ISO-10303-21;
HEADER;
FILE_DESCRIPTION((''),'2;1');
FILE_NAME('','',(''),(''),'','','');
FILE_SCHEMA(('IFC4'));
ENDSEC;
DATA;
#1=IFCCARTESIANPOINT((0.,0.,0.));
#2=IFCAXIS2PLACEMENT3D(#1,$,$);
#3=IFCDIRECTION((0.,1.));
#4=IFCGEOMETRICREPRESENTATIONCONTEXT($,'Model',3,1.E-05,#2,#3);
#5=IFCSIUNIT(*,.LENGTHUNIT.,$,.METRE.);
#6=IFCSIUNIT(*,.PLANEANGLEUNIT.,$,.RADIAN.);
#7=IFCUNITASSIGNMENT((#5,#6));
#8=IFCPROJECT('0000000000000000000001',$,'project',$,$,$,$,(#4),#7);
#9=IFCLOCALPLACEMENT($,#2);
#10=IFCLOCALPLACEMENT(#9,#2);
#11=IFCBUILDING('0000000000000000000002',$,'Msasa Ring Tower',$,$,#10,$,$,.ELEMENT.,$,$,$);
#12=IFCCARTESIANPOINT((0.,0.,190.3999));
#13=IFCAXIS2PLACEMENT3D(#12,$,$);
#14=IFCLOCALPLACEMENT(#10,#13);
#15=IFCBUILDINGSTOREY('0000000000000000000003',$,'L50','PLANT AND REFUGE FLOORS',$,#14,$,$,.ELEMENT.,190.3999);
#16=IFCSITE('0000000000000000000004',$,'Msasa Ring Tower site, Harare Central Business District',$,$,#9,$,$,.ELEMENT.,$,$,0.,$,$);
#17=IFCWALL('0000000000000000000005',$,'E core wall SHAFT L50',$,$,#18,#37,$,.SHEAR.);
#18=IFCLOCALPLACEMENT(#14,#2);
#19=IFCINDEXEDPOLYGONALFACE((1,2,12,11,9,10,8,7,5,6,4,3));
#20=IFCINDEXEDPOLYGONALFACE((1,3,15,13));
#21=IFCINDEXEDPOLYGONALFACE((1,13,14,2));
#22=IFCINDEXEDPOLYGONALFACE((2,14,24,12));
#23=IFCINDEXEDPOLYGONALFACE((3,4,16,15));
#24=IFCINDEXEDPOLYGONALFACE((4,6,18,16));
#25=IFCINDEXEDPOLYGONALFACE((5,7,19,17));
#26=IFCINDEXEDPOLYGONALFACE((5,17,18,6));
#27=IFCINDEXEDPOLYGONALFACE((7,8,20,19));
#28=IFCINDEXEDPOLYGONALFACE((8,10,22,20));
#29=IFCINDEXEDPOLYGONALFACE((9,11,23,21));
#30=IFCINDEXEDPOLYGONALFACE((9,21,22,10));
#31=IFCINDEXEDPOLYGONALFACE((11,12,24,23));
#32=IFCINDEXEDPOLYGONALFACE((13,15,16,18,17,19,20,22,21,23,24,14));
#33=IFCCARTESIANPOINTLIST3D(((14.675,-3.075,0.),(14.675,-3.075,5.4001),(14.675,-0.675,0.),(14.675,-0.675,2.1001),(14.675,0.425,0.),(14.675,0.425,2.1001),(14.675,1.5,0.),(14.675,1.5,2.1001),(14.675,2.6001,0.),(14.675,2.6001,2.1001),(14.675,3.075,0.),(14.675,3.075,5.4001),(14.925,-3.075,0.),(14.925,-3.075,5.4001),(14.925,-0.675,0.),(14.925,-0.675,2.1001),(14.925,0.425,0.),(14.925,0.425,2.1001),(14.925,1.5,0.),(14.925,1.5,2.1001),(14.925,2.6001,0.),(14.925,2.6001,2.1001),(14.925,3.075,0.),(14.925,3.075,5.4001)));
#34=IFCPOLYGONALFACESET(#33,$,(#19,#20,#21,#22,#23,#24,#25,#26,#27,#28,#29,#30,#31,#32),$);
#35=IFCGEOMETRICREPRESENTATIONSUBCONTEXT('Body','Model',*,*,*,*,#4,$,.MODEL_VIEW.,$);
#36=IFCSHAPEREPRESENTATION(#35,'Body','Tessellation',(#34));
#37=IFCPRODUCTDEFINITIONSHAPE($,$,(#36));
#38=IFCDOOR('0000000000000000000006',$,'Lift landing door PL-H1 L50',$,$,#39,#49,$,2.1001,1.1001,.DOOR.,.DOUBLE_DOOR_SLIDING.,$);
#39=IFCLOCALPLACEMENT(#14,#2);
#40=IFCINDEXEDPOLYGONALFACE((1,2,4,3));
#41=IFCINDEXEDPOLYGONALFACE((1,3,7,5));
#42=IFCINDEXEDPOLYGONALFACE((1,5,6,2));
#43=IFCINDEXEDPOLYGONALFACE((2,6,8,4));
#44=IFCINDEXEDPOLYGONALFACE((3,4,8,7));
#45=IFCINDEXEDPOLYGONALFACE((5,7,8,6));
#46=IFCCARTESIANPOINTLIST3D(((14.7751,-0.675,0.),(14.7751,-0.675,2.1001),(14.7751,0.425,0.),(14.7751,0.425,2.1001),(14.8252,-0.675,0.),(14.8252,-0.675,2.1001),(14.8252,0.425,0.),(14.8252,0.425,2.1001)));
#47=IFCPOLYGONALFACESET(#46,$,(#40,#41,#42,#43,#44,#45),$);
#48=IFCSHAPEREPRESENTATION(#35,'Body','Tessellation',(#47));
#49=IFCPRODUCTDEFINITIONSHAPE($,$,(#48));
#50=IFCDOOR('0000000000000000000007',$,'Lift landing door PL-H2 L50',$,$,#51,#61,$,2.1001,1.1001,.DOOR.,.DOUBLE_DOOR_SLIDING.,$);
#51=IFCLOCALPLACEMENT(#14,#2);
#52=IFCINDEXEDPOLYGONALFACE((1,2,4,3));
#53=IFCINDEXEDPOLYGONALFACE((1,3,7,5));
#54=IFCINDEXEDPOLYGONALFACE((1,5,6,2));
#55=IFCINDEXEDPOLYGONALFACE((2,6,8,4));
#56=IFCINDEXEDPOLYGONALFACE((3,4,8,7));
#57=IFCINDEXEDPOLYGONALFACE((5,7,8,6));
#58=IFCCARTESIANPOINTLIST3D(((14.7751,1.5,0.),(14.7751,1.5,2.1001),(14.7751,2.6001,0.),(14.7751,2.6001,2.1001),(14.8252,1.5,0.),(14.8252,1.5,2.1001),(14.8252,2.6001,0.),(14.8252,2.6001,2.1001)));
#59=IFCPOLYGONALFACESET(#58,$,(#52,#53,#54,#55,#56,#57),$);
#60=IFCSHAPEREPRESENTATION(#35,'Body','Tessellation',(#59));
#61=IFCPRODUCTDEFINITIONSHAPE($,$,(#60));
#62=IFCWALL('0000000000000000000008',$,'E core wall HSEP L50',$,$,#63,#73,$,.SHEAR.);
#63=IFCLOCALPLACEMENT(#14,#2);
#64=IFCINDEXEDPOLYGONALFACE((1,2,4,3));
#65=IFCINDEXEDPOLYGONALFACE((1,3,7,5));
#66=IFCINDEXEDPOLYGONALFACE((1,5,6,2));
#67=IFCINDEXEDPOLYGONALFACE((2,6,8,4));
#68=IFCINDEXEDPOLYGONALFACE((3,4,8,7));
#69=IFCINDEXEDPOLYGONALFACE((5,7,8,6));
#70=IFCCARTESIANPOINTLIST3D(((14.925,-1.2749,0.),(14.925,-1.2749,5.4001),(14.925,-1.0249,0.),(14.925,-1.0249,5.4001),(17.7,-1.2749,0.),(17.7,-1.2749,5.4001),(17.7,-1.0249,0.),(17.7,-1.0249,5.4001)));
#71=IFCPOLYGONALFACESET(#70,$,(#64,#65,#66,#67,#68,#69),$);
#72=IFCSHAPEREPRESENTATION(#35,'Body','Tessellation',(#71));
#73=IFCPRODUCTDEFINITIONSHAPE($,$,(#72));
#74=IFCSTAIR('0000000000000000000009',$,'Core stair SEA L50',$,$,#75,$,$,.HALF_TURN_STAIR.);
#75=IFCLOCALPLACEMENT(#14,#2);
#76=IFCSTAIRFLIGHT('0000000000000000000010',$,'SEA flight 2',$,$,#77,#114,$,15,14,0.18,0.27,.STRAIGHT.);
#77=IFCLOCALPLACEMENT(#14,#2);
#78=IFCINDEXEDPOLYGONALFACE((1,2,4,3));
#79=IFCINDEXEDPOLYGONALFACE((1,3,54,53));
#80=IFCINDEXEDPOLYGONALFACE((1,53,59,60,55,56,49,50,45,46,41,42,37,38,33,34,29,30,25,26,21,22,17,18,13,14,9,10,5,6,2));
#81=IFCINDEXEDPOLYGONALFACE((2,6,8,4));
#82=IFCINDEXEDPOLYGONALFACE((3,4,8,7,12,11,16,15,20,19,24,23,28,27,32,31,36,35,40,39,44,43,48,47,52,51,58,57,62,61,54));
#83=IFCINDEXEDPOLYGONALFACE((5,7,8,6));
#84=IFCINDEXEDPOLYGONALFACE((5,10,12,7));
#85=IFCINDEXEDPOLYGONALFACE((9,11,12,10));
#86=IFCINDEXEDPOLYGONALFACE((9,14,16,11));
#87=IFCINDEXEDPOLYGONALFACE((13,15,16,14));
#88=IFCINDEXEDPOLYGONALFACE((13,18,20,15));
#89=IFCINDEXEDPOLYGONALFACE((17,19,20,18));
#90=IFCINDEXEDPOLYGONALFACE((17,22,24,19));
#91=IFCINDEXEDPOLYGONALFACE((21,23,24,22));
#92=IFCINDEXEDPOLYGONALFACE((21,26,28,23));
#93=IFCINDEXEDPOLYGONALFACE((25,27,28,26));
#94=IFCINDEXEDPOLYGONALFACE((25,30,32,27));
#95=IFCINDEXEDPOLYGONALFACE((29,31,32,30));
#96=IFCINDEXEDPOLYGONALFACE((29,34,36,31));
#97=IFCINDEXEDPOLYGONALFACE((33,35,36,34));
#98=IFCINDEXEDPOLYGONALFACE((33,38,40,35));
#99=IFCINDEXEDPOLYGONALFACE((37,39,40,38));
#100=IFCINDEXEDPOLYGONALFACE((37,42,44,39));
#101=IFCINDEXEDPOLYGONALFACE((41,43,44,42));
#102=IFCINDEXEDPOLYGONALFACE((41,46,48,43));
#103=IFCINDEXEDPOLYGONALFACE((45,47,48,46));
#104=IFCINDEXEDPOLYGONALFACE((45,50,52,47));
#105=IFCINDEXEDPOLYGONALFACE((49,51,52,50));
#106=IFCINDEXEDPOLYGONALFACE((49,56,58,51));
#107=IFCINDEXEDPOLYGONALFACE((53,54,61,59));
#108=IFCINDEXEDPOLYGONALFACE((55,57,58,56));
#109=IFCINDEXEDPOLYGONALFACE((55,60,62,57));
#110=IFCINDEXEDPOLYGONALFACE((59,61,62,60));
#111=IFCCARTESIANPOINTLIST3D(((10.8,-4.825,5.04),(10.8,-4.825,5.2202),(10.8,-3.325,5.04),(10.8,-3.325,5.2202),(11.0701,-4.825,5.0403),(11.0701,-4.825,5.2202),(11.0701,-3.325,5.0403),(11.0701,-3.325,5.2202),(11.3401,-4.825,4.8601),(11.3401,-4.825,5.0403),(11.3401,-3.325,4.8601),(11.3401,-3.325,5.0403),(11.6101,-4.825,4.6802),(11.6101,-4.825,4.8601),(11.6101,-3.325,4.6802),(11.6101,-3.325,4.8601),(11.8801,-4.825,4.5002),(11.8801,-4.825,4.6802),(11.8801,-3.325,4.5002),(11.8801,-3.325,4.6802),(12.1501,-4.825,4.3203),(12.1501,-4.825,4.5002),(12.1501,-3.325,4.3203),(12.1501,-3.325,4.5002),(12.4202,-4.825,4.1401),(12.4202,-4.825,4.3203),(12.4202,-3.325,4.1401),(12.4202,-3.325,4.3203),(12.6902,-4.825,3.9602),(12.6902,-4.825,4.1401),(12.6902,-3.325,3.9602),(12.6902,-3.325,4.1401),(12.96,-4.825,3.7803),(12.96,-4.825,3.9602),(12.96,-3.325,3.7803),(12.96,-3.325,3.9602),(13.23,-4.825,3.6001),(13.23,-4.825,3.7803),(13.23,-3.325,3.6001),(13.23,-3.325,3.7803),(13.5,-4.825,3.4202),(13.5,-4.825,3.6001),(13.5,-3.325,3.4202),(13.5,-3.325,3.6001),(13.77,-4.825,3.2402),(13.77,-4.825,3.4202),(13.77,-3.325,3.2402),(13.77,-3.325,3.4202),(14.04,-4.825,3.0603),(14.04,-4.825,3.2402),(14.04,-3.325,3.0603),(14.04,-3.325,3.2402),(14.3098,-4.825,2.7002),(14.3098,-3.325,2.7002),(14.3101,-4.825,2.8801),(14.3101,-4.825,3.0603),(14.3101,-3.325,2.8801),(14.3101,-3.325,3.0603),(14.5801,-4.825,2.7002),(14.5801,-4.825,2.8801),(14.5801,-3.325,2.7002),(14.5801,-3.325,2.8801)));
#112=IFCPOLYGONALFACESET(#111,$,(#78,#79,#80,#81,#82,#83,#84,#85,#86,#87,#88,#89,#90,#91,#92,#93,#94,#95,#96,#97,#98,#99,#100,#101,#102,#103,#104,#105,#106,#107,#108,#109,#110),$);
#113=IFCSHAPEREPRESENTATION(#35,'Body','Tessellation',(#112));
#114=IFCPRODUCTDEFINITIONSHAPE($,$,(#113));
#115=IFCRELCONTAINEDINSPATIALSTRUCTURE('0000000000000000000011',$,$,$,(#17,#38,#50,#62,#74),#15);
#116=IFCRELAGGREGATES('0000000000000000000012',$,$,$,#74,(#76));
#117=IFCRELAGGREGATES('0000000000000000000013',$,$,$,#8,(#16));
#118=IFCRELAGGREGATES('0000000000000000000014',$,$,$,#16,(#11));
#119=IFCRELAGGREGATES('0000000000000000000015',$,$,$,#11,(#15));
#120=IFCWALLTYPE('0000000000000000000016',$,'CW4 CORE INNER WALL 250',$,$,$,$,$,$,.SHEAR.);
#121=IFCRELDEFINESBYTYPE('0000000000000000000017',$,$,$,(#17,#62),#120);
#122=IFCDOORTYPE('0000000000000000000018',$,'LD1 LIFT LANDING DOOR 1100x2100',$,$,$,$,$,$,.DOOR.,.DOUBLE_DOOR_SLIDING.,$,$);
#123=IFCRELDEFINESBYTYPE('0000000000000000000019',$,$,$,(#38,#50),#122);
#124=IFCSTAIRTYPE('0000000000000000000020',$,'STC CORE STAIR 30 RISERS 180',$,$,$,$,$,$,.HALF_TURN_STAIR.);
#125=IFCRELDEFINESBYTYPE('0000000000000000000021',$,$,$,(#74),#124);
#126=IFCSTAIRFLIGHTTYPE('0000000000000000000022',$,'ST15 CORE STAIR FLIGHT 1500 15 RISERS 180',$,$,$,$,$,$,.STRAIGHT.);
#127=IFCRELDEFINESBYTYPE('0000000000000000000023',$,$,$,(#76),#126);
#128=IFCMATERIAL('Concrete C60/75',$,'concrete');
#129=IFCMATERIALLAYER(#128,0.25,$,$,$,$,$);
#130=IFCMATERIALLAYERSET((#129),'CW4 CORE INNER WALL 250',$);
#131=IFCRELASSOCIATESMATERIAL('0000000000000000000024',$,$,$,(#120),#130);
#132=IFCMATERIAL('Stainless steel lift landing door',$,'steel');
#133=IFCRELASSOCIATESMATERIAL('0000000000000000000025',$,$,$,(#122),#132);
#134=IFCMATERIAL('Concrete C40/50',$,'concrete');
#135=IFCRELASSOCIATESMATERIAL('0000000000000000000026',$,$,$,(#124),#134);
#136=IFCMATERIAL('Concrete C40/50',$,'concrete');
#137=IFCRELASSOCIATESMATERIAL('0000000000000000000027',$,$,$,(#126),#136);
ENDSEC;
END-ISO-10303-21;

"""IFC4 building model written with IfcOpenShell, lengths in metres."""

from ifc_helpers import new_model, si_unit, direction, frame, frame_2d, origin, place, context, subcontext, project, spatial, polyline, rectangle, outline, extrude, material, layer, layer_set, type_object, element, fill, aggregate, save


model = new_model("IFC4")

# Units and contexts
model_context = context("Model", 3, precision=1e-05, world=origin(), true_north=direction((0.0, 1.0)))
body_context = subcontext(model_context, "Body", "Model", "MODEL_VIEW")
ifc_project = project(units=[si_unit("LENGTHUNIT", "METRE"), si_unit("PLANEANGLEUNIT", "RADIAN")], contexts=[model_context])

# Site, building, storey
site_placement = place(None, origin())
site = spatial("IfcSite", under=ifc_project, at=site_placement, Name="Msasa Ring Tower site, Harare Central Business District", CompositionType="ELEMENT", RefElevation=0.0)
building_placement = place(site_placement, origin())
building = spatial("IfcBuilding", under=site, at=building_placement, Name="Msasa Ring Tower", CompositionType="ELEMENT")
storey_placement = place(building_placement, frame((0.0, 0.0, 190.3999)))
storey = spatial("IfcBuildingStorey", under=building, at=storey_placement, Name="L50", Description="PLANT AND REFUGE FLOORS", CompositionType="ELEMENT", Elevation=190.3999)

# Shared definitions
ifc_material_1 = material(Name="Concrete C60/75", Category="concrete")
ifc_layer_1 = layer(ifc_material_1, 0.25)
ifc_layer_set_1 = layer_set([ifc_layer_1], Name="CW4 CORE INNER WALL 250")
wall_type_1 = type_object("IfcWallType", Name="CW4 CORE INNER WALL 250", PredefinedType="SHEAR", material=ifc_layer_set_1)

# Shared definitions
ifc_material_2 = material(Name="Stainless steel lift landing door", Category="steel")
door_type = type_object("IfcDoorType", Name="LD1 LIFT LANDING DOOR 1100x2100", OperationType="DOUBLE_DOOR_SLIDING", PredefinedType="DOOR", material=ifc_material_2)

# Wall, openings, doors
wall_1_placement = place(storey_placement, frame((14.8, -3.075, 0.0), z_axis=(0.0, 0.0, 1.0), x_axis=(0.0, 1.0, 0.0)))
wall_1 = element("IfcWall", 1, at=wall_1_placement, inside=storey, type_object=wall_type_1, Name="E core wall SHAFT L50", PredefinedType="SHEAR", context=body_context, shape_type="SweptSolid", body=[
    extrude(rectangle(XDim=6.1499, YDim=0.25, at=frame_2d((3.075, 0.0))), origin(), (0.0, 0.0, 1.0), 5.4001),
])
opening_1_placement = place(wall_1_placement, frame((2.3999, 0.0, 0.0)))
opening_1 = element("IfcOpeningElement", 2, at=opening_1_placement, cuts=wall_1, PredefinedType="OPENING", context=body_context, shape_type="SweptSolid", body=[
    extrude(rectangle(XDim=1.1001, YDim=2.1001, at=frame_2d((0.55, 1.05))), frame((0.0, 0.135, 0.0), z_axis=(0.0, -1.0, 0.0), x_axis=(1.0, 0.0, 0.0)), (0.0, 0.0, 1.0), 0.27),
])
opening_2_placement = place(wall_1_placement, frame((4.575, 0.0, 0.0)))
opening_2 = element("IfcOpeningElement", 3, at=opening_2_placement, cuts=wall_1, PredefinedType="OPENING", context=body_context, shape_type="SweptSolid", body=[
    extrude(rectangle(XDim=1.1001, YDim=2.1001, at=frame_2d((0.55, 1.05))), frame((0.0, 0.135, 0.0), z_axis=(0.0, -1.0, 0.0), x_axis=(1.0, 0.0, 0.0)), (0.0, 0.0, 1.0), 0.27),
])
door_1_placement = place(opening_1_placement, origin())
door_1 = element("IfcDoor", 4, at=door_1_placement, inside=storey, type_object=door_type, Name="Lift landing door PL-H1 L50", OperationType="DOUBLE_DOOR_SLIDING", OverallHeight=2.1001, OverallWidth=1.1001, PredefinedType="DOOR", context=body_context, shape_type="SweptSolid", body=[
    extrude(rectangle(XDim=1.1001, YDim=2.1001, at=frame_2d((0.55, 1.05))), frame((0.0, 0.0249, 0.0), z_axis=(0.0, -1.0, 0.0), x_axis=(1.0, 0.0, 0.0)), (0.0, 0.0, 1.0), 0.05),
])
fill(opening_1, door_1)
door_2_placement = place(opening_2_placement, origin())
door_2 = element("IfcDoor", 5, at=door_2_placement, inside=storey, type_object=door_type, Name="Lift landing door PL-H2 L50", OperationType="DOUBLE_DOOR_SLIDING", OverallHeight=2.1001, OverallWidth=1.1001, PredefinedType="DOOR", context=body_context, shape_type="SweptSolid", body=[
    extrude(rectangle(XDim=1.1001, YDim=2.1001, at=frame_2d((0.55, 1.05))), frame((0.0, 0.0249, 0.0), z_axis=(0.0, -1.0, 0.0), x_axis=(1.0, 0.0, 0.0)), (0.0, 0.0, 1.0), 0.05),
])
fill(opening_2, door_2)

# Wall
wall_2_placement = place(storey_placement, frame((14.925, -1.1499, 0.0), z_axis=(0.0, 0.0, 1.0), x_axis=(1.0, 0.0, 0.0)))
element("IfcWall", 6, at=wall_2_placement, inside=storey, type_object=wall_type_1, Name="E core wall HSEP L50", PredefinedType="SHEAR", context=body_context, shape_type="SweptSolid", body=[
    extrude(rectangle(XDim=2.7749, YDim=0.25, at=frame_2d((1.3875, 0.0))), origin(), (0.0, 0.0, 1.0), 5.4001),
])

# Stair, stair flight
ifc_material_3 = material(Name="Concrete C40/50", Category="concrete")
stair_type = type_object("IfcStairType", Name="STC CORE STAIR 30 RISERS 180", PredefinedType="HALF_TURN_STAIR", material=ifc_material_3)
stair_placement = place(storey_placement, origin())
stair = element("IfcStair", 7, at=stair_placement, inside=storey, type_object=stair_type, Name="Core stair SEA L50", PredefinedType="HALF_TURN_STAIR")
ifc_material_4 = material(Name="Concrete C40/50", Category="concrete")
stair_flight_type = type_object("IfcStairFlightType", Name="ST15 CORE STAIR FLIGHT 1500 15 RISERS 180", PredefinedType="STRAIGHT", material=ifc_material_4)
stair_flight_placement = place(storey_placement, frame((14.5801, -4.075, 2.7002), z_axis=(0.0, 0.0, 1.0), x_axis=(-1.0, 0.0, 0.0)))
stair_flight = element("IfcStairFlight", 8, at=stair_flight_placement, type_object=stair_flight_type, Name="SEA flight 2", NumberOfRisers=15, NumberOfTreads=14, PredefinedType="STRAIGHT", RiserHeight=0.18, TreadLength=0.27, context=body_context, shape_type="SweptSolid", body=[
    extrude(outline(polyline([(0.0, 0.0), (0.0, 0.1799), (0.27, 0.1799), (0.27, 0.3601), (0.54, 0.3601), (0.54, 0.54), (0.8101, 0.54), (0.8101, 0.72), (1.0801, 0.72), (1.0801, 0.8999), (1.3501, 0.8999), (1.3501, 1.0801), (1.6201, 1.0801), (1.6201, 1.26), (1.8899, 1.26), (1.8899, 1.4399), (2.1599, 1.4399), (2.1599, 1.6201), (2.4299, 1.6201), (2.4299, 1.8), (2.7, 1.8), (2.7, 1.98), (2.97, 1.98), (2.97, 2.1599), (3.24, 2.1599), (3.24, 2.3401), (3.51, 2.3401), (3.51, 2.52), (3.78, 2.52), (3.78, 2.7), (3.78, 2.3398), (0.2703, 0.0), (0.0, 0.0)])), frame((0.0, 0.75, 0.0), z_axis=(0.0, -1.0, 0.0), x_axis=(1.0, 0.0, 0.0)), (0.0, 0.0, 1.0), 1.5),
])
aggregate(stair, [stair_flight])

save(model, "model.ifc")
